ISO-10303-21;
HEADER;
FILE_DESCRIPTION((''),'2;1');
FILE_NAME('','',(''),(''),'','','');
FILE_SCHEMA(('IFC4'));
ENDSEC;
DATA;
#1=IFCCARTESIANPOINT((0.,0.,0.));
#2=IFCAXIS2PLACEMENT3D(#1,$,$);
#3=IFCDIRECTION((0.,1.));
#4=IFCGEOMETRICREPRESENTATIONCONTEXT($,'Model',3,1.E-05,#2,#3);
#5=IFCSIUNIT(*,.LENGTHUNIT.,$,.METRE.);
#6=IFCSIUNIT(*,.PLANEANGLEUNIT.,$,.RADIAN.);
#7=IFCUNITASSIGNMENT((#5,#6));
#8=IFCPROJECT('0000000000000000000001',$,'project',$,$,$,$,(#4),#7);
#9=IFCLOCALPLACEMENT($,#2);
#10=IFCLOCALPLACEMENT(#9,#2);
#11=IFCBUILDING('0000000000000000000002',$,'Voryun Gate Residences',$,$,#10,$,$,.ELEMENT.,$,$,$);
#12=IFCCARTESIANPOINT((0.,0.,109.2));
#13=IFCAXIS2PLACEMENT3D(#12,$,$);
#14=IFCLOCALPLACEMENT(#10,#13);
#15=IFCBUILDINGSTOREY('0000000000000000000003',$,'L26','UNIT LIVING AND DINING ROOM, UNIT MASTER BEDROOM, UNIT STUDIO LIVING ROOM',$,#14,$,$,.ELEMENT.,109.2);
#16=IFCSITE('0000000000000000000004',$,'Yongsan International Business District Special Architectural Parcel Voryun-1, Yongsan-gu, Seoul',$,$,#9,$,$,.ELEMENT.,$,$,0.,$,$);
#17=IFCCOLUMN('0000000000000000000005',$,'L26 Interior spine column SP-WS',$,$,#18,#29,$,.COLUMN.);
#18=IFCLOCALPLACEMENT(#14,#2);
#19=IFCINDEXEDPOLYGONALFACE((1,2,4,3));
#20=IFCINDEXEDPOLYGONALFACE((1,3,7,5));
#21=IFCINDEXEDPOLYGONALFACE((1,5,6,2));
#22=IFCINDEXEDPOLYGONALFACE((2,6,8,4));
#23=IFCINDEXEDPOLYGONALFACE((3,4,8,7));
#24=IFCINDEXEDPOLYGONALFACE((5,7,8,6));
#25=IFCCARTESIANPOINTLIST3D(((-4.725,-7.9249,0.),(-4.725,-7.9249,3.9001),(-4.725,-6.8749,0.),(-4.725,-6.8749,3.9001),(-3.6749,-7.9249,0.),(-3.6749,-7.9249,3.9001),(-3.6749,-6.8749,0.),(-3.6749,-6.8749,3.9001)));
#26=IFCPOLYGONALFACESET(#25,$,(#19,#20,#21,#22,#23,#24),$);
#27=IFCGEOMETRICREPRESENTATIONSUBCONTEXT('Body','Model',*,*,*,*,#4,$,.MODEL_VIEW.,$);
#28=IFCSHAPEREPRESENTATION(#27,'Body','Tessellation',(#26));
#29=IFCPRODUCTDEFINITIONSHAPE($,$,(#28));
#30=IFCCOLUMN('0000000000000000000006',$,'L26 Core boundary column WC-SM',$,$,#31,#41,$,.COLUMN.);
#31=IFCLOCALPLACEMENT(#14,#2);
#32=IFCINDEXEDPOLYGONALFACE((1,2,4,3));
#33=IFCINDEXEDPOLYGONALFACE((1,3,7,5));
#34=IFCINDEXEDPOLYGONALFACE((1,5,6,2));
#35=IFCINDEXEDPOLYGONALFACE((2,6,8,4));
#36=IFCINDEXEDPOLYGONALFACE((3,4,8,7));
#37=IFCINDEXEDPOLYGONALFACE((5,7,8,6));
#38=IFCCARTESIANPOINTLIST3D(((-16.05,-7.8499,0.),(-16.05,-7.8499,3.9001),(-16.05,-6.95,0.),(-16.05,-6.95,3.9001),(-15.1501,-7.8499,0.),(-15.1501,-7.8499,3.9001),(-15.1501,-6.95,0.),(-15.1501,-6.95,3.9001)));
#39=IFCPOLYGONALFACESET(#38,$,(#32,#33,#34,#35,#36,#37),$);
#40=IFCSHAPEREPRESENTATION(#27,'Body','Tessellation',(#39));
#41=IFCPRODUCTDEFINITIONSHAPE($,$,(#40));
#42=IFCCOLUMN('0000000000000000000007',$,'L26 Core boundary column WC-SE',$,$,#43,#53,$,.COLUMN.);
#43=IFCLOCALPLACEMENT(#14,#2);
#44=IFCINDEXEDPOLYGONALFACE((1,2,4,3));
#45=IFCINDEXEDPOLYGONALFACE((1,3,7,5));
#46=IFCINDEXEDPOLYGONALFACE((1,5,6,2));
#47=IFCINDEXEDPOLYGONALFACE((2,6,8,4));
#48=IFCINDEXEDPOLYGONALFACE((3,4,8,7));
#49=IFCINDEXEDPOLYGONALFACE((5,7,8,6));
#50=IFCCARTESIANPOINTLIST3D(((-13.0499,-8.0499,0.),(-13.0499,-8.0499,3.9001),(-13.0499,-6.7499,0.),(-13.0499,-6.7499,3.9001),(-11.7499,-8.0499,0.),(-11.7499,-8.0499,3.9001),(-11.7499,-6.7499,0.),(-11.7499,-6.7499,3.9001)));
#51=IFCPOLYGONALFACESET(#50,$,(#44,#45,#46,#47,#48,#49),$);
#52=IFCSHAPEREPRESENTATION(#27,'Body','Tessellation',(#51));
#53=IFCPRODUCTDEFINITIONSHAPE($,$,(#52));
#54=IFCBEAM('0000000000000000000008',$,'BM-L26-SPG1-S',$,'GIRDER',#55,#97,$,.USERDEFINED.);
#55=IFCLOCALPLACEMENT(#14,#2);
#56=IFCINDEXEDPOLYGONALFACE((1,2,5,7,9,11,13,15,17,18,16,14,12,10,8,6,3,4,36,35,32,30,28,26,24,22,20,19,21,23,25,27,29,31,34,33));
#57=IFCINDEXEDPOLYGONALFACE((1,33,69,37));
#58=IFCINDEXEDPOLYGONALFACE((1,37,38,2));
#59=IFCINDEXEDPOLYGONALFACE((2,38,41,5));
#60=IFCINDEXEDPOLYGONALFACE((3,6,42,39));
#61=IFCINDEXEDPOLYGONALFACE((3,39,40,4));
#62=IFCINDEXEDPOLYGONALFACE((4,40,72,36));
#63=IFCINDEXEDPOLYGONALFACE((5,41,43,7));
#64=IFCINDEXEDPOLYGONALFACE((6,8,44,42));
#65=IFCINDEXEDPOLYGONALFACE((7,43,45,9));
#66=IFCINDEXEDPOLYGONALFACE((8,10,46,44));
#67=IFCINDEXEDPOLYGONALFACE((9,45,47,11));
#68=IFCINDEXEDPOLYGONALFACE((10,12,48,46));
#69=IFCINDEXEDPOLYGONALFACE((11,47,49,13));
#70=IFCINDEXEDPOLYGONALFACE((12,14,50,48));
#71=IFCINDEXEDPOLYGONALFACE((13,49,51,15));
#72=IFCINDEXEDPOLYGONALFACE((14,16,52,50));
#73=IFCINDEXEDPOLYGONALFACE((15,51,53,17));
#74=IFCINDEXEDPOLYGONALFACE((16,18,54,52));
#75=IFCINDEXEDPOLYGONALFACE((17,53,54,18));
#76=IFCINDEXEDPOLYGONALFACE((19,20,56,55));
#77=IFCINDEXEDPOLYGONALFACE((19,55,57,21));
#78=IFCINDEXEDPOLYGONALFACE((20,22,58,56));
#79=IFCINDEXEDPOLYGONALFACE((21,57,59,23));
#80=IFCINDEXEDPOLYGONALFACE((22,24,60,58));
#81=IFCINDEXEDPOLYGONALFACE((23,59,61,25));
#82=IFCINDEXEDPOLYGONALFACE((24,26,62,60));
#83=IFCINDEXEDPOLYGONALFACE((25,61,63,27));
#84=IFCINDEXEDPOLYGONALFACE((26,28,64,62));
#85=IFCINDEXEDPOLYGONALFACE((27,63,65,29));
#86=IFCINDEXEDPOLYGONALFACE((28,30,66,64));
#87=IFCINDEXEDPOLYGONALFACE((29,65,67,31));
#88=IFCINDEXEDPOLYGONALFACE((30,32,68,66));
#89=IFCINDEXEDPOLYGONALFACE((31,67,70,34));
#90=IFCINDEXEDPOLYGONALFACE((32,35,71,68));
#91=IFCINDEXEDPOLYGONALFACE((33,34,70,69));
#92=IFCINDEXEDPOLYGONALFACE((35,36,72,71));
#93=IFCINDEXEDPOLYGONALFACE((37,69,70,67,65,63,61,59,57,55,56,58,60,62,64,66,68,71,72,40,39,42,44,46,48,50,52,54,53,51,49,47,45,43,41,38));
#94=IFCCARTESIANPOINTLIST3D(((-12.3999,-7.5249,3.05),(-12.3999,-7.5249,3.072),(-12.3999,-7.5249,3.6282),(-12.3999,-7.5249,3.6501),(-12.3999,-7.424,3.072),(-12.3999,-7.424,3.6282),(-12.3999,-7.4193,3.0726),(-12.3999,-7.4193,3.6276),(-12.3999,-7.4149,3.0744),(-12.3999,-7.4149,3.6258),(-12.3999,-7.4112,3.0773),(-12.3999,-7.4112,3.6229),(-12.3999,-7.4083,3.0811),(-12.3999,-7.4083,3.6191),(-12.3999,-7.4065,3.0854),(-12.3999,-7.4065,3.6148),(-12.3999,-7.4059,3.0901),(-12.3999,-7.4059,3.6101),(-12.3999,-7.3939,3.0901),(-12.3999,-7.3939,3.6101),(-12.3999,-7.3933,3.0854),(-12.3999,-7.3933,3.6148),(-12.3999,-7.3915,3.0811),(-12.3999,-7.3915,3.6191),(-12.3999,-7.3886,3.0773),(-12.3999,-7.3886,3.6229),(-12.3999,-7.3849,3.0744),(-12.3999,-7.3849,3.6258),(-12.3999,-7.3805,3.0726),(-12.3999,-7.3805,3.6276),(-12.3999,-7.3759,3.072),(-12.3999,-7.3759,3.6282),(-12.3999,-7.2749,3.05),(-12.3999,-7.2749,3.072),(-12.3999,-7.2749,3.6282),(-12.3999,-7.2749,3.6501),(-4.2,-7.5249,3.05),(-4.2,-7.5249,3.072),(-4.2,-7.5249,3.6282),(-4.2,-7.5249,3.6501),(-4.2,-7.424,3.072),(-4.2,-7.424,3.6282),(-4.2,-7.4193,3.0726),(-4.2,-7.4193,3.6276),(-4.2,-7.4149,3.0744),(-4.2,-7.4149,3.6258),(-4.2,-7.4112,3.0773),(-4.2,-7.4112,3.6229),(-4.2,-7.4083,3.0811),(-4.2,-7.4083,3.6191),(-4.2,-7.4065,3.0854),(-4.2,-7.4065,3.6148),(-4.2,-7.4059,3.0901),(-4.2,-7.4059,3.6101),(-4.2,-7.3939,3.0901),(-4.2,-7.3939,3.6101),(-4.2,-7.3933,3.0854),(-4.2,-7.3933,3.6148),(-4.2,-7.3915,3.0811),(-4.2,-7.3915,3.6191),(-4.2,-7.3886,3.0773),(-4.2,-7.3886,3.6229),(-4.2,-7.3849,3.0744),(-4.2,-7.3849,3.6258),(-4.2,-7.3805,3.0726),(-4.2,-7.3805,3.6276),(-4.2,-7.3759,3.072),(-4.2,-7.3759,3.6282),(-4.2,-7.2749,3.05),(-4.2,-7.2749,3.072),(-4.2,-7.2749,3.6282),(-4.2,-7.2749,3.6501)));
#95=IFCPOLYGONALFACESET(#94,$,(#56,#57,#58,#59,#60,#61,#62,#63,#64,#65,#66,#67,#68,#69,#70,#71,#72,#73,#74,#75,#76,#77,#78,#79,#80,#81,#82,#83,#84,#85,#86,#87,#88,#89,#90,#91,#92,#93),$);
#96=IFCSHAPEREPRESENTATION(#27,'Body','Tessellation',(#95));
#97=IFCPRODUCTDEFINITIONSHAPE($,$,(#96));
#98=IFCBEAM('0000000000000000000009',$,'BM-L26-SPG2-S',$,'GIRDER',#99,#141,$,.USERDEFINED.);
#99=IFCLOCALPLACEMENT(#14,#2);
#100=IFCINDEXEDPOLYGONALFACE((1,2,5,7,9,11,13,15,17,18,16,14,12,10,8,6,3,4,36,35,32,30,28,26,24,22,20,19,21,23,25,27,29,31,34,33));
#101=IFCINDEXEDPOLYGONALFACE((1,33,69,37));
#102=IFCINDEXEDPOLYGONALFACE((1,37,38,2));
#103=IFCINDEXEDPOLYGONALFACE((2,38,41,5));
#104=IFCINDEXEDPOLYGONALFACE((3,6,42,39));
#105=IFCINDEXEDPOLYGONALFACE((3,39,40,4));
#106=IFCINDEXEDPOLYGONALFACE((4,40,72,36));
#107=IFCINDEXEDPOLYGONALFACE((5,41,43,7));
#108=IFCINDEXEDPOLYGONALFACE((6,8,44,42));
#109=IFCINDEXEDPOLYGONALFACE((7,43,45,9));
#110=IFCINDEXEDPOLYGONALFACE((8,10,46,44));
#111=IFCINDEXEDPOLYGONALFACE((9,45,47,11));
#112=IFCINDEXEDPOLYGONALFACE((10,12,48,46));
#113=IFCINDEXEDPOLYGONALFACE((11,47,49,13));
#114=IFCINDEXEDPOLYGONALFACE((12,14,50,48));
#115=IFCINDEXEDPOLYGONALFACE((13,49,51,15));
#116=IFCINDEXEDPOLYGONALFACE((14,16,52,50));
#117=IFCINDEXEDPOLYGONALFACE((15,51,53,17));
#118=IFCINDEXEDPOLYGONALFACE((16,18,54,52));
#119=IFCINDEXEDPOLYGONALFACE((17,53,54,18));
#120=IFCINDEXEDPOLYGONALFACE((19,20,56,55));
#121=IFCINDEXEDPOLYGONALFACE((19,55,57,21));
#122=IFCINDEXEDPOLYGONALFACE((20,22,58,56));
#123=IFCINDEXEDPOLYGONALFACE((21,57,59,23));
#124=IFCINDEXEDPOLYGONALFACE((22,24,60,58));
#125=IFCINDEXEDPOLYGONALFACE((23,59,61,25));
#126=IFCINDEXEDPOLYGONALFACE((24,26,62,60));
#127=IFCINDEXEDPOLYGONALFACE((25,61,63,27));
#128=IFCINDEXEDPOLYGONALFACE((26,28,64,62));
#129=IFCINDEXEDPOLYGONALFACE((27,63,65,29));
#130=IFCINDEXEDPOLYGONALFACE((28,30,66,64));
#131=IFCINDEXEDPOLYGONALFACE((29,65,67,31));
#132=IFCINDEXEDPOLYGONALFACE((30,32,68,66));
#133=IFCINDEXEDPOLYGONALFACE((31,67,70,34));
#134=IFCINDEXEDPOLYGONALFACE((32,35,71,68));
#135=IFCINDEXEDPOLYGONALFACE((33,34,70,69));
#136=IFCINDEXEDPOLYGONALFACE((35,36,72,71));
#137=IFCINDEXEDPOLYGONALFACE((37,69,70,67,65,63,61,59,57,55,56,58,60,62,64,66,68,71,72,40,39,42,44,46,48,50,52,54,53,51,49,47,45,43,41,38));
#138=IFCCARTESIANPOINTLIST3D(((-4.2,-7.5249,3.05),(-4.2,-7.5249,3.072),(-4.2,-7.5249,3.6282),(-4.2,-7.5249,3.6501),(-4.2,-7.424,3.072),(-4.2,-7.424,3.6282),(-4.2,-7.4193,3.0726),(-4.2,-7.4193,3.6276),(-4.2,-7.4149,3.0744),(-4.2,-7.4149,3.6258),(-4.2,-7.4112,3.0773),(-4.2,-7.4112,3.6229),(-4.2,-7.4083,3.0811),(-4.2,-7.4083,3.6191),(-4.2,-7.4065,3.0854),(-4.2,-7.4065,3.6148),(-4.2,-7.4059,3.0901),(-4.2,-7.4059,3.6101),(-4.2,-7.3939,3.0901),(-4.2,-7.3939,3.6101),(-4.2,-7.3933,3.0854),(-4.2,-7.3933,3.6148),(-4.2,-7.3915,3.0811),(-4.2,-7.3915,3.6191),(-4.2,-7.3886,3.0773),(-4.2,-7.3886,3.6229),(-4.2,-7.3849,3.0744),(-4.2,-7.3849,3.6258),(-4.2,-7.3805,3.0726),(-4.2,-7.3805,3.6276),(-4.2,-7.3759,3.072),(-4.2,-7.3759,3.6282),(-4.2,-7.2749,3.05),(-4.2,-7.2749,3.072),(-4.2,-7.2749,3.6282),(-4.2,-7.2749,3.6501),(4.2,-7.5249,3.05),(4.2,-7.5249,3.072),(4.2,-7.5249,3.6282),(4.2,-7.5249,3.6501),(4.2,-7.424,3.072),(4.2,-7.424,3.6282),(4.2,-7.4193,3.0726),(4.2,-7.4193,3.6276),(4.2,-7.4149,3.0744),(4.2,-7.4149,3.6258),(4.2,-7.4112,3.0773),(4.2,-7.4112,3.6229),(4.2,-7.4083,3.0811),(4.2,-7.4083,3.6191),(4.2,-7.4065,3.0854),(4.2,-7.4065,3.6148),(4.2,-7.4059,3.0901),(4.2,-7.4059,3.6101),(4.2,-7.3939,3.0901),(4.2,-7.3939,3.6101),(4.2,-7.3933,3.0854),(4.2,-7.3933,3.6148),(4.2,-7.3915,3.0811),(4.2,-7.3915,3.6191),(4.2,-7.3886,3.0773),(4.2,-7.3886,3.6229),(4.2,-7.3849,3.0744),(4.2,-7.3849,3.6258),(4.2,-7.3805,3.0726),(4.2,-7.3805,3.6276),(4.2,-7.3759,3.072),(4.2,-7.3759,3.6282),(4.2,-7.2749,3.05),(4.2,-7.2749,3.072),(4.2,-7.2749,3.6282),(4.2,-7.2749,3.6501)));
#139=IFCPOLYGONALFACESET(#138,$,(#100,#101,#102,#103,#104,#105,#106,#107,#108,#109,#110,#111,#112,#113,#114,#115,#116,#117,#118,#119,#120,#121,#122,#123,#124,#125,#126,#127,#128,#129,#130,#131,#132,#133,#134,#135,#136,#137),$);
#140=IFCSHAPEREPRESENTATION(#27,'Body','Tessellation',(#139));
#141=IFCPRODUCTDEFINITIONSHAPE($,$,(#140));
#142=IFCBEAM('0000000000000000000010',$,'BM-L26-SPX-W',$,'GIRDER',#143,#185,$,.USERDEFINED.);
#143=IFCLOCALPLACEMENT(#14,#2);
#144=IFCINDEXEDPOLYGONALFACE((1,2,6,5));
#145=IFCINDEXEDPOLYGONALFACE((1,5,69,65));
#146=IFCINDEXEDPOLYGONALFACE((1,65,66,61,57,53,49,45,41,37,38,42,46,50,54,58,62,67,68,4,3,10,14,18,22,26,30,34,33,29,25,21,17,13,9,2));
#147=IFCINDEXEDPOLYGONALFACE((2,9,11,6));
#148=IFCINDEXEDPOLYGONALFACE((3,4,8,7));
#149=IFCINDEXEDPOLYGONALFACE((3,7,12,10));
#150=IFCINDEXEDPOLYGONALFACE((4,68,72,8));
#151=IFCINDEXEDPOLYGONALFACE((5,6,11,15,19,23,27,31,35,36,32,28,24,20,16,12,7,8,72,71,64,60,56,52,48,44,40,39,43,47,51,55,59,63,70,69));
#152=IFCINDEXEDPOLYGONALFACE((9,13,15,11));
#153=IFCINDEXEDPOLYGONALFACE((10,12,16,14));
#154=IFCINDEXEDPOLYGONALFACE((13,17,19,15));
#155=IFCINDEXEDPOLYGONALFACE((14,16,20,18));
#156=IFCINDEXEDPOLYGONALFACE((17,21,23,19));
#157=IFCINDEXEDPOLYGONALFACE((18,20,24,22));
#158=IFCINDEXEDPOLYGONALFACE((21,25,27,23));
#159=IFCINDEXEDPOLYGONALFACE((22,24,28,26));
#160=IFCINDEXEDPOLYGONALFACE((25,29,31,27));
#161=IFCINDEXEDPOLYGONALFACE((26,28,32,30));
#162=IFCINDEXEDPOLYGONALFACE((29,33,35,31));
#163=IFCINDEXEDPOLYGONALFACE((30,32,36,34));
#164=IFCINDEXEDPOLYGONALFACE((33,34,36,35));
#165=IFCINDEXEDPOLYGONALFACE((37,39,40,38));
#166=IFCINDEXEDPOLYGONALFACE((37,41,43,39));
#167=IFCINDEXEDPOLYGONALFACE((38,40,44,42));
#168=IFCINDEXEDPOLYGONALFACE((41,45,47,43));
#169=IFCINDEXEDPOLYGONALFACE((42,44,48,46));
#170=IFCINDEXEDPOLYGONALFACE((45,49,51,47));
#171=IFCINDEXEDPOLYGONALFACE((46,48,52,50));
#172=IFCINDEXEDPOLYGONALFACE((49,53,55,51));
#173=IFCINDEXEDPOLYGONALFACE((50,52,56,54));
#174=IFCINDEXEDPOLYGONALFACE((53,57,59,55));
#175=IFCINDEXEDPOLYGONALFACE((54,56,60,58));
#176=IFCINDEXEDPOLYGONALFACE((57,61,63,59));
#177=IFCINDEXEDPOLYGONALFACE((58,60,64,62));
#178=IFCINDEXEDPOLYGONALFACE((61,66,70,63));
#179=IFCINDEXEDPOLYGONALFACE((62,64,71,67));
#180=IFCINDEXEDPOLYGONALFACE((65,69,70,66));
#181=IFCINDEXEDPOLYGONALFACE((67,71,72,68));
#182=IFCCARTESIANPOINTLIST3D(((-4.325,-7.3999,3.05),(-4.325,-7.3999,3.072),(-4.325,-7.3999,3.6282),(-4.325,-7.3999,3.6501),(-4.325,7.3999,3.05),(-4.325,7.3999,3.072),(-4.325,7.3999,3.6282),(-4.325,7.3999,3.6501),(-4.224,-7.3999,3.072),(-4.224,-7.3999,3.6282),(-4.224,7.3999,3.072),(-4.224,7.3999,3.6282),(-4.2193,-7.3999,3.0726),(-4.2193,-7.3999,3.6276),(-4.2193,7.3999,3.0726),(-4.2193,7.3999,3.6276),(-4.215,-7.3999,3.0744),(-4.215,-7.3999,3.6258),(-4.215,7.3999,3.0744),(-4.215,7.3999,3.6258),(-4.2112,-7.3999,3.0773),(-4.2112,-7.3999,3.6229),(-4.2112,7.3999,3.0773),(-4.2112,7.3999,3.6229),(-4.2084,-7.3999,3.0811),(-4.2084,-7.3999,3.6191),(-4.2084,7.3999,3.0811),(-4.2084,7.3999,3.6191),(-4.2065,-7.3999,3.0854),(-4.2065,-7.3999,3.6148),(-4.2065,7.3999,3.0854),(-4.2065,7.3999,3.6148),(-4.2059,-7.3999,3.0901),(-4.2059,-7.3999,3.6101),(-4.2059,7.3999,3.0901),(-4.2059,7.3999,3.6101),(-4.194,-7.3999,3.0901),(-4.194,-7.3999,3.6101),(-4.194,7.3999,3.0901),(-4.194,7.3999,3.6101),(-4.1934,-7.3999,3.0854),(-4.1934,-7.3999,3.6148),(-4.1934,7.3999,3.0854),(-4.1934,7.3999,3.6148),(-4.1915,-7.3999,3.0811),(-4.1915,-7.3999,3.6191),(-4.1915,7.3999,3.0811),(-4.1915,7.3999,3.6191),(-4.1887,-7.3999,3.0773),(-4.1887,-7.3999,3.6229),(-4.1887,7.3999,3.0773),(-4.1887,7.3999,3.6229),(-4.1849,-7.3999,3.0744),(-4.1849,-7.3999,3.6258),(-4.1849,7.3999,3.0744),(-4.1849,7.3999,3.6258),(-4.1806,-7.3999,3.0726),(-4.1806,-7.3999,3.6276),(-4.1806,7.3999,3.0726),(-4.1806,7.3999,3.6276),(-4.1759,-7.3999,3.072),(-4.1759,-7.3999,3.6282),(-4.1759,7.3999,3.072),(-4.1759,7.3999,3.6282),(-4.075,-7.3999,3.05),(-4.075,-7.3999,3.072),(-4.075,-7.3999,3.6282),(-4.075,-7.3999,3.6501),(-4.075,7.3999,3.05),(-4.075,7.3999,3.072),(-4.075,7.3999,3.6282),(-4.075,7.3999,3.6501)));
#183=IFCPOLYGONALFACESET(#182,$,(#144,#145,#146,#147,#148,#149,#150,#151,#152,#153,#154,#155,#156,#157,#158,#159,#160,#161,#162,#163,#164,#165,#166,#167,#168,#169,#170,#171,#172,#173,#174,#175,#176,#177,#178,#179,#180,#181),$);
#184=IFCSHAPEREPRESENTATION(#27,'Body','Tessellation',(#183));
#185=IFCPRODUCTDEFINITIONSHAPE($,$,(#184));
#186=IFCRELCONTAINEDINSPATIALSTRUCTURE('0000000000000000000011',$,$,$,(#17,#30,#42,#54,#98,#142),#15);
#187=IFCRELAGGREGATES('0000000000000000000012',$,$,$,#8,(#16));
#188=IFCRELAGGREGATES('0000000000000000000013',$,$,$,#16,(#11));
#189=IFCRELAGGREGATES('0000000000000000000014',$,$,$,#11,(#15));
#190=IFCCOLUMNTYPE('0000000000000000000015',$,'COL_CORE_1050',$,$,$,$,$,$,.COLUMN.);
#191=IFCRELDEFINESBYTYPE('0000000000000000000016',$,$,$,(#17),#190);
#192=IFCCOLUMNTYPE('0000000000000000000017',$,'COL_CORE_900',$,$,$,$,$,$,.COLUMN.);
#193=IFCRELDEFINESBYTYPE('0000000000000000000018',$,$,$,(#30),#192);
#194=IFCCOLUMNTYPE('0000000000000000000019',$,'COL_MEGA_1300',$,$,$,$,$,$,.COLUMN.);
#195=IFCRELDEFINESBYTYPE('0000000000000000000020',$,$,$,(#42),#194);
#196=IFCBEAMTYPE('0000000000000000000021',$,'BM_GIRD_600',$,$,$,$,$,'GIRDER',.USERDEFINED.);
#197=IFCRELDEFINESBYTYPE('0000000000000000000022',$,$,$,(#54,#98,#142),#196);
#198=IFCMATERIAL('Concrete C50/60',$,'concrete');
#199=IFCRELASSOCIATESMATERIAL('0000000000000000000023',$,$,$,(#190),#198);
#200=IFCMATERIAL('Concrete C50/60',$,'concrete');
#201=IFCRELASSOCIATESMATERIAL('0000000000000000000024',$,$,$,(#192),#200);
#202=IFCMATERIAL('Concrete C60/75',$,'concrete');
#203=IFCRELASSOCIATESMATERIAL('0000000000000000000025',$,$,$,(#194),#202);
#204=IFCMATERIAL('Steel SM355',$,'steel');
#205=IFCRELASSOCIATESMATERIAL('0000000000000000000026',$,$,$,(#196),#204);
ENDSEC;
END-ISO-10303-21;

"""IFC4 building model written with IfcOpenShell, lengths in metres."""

from ifc_helpers import new_model, si_unit, direction, frame, origin, origin_2d, place, context, subcontext, project, spatial, rectangle, i_section, extrude, material, material_profile, profile_set, type_object, element, save


model = new_model("IFC4")

# Units and contexts
model_context = context("Model", 3, precision=1e-05, world=origin(), true_north=direction((0.0, 1.0)))
body_context = subcontext(model_context, "Body", "Model", "MODEL_VIEW")
ifc_project = project(units=[si_unit("LENGTHUNIT", "METRE"), si_unit("PLANEANGLEUNIT", "RADIAN")], contexts=[model_context])

# Site, building, storey
site_placement = place(None, origin())
site = spatial("IfcSite", under=ifc_project, at=site_placement, Name="Yongsan International Business District Special Architectural Parcel Voryun-1, Yongsan-gu, Seoul", CompositionType="ELEMENT", RefElevation=0.0)
building_placement = place(site_placement, origin())
building = spatial("IfcBuilding", under=site, at=building_placement, Name="Voryun Gate Residences", CompositionType="ELEMENT")
storey_placement = place(building_placement, frame((0.0, 0.0, 109.2)))
storey = spatial("IfcBuildingStorey", under=building, at=storey_placement, Name="L26", Description="UNIT LIVING AND DINING ROOM, UNIT MASTER BEDROOM, UNIT STUDIO LIVING ROOM", CompositionType="ELEMENT", Elevation=109.2)

# Columns
ifc_material_1 = material(Name="Concrete C50/60", Category="concrete")
ifc_material_profile_1 = material_profile(ifc_material_1, rectangle(XDim=1.05, YDim=1.05, at=origin_2d()), Name="RC-1050x1050")
ifc_profile_set_1 = profile_set([ifc_material_profile_1], Name="Concrete C50/60")
column_type_1 = type_object("IfcColumnType", Name="COL_CORE_1050", PredefinedType="COLUMN", material=ifc_profile_set_1)
column_1_placement = place(storey_placement, frame((-4.2, -7.3999, 0.0), z_axis=(0.0, 0.0, 1.0), x_axis=(1.0, 0.0, 0.0)))
element("IfcColumn", 1, at=column_1_placement, inside=storey, type_object=column_type_1, Name="L26 Interior spine column SP-WS", PredefinedType="COLUMN", context=body_context, shape_type="SweptSolid", body=[
    extrude(rectangle(XDim=1.05, YDim=1.05, at=origin_2d()), origin(), (0.0, 0.0, 1.0), 3.9001),
])
ifc_material_2 = material(Name="Concrete C50/60", Category="concrete")
ifc_material_profile_2 = material_profile(ifc_material_2, rectangle(XDim=0.8999, YDim=0.8999, at=origin_2d()), Name="RC-900x900")
ifc_profile_set_2 = profile_set([ifc_material_profile_2], Name="Concrete C50/60")
column_type_2 = type_object("IfcColumnType", Name="COL_CORE_900", PredefinedType="COLUMN", material=ifc_profile_set_2)
column_2_placement = place(storey_placement, frame((-15.6001, -7.3999, 0.0), z_axis=(0.0, 0.0, 1.0), x_axis=(1.0, 0.0, 0.0)))
element("IfcColumn", 2, at=column_2_placement, inside=storey, type_object=column_type_2, Name="L26 Core boundary column WC-SM", PredefinedType="COLUMN", context=body_context, shape_type="SweptSolid", body=[
    extrude(rectangle(XDim=0.8999, YDim=0.8999, at=origin_2d()), origin(), (0.0, 0.0, 1.0), 3.9001),
])
ifc_material_3 = material(Name="Concrete C60/75", Category="concrete")
ifc_material_profile_3 = material_profile(ifc_material_3, rectangle(XDim=1.3, YDim=1.3, at=origin_2d()), Name="RC-1300x1300")
ifc_profile_set_3 = profile_set([ifc_material_profile_3], Name="Concrete C60/75")
column_type_3 = type_object("IfcColumnType", Name="COL_MEGA_1300", PredefinedType="COLUMN", material=ifc_profile_set_3)
column_3_placement = place(storey_placement, frame((-12.3999, -7.3999, 0.0), z_axis=(0.0, 0.0, 1.0), x_axis=(1.0, 0.0, 0.0)))
element("IfcColumn", 3, at=column_3_placement, inside=storey, type_object=column_type_3, Name="L26 Core boundary column WC-SE", PredefinedType="COLUMN", context=body_context, shape_type="SweptSolid", body=[
    extrude(rectangle(XDim=1.3, YDim=1.3, at=origin_2d()), origin(), (0.0, 0.0, 1.0), 3.9001),
])

# Beams
ifc_material_4 = material(Name="Steel SM355", Category="steel")
ifc_material_profile_4 = material_profile(ifc_material_4, i_section(OverallWidth=0.25, OverallDepth=0.6001, WebThickness=0.012, FlangeThickness=0.022, FilletRadius=0.0181, at=origin_2d()), Name="H-600x250x12x22")
ifc_profile_set_4 = profile_set([ifc_material_profile_4], Name="Steel SM355")
beam_type_1 = type_object("IfcBeamType", Name="BM_GIRD_600", ElementType="GIRDER", PredefinedType="USERDEFINED", material=ifc_profile_set_4)
beam_1_placement = place(storey_placement, frame((-12.3999, -7.3999, 3.3501), z_axis=(1.0, 0.0, 0.0), x_axis=(0.0, 1.0, 0.0)))
element("IfcBeam", 4, at=beam_1_placement, inside=storey, type_object=beam_type_1, Name="BM-L26-SPG1-S", ObjectType="GIRDER", PredefinedType="USERDEFINED", context=body_context, shape_type="SweptSolid", body=[
    extrude(i_section(OverallWidth=0.25, OverallDepth=0.6001, WebThickness=0.012, FlangeThickness=0.022, FilletRadius=0.0181, at=origin_2d()), origin(), (0.0, 0.0, 1.0), 8.2),
])
beam_2_placement = place(storey_placement, frame((-4.2, -7.3999, 3.3501), z_axis=(1.0, 0.0, 0.0), x_axis=(0.0, 1.0, 0.0)))
element("IfcBeam", 5, at=beam_2_placement, inside=storey, type_object=beam_type_1, Name="BM-L26-SPG2-S", ObjectType="GIRDER", PredefinedType="USERDEFINED", context=body_context, shape_type="SweptSolid", body=[
    extrude(i_section(OverallWidth=0.25, OverallDepth=0.6001, WebThickness=0.012, FlangeThickness=0.022, FilletRadius=0.0181, at=origin_2d()), origin(), (0.0, 0.0, 1.0), 8.3999),
])
beam_3_placement = place(storey_placement, frame((-4.2, -7.3999, 3.3501), z_axis=(0.0, 1.0, 0.0), x_axis=(-1.0, 0.0, 0.0)))
element("IfcBeam", 6, at=beam_3_placement, inside=storey, type_object=beam_type_1, Name="BM-L26-SPX-W", ObjectType="GIRDER", PredefinedType="USERDEFINED", context=body_context, shape_type="SweptSolid", body=[
    extrude(i_section(OverallWidth=0.25, OverallDepth=0.6001, WebThickness=0.012, FlangeThickness=0.022, FilletRadius=0.0181, at=origin_2d()), origin(), (0.0, 0.0, 1.0), 14.7998),
])

save(model, "model.ifc")
